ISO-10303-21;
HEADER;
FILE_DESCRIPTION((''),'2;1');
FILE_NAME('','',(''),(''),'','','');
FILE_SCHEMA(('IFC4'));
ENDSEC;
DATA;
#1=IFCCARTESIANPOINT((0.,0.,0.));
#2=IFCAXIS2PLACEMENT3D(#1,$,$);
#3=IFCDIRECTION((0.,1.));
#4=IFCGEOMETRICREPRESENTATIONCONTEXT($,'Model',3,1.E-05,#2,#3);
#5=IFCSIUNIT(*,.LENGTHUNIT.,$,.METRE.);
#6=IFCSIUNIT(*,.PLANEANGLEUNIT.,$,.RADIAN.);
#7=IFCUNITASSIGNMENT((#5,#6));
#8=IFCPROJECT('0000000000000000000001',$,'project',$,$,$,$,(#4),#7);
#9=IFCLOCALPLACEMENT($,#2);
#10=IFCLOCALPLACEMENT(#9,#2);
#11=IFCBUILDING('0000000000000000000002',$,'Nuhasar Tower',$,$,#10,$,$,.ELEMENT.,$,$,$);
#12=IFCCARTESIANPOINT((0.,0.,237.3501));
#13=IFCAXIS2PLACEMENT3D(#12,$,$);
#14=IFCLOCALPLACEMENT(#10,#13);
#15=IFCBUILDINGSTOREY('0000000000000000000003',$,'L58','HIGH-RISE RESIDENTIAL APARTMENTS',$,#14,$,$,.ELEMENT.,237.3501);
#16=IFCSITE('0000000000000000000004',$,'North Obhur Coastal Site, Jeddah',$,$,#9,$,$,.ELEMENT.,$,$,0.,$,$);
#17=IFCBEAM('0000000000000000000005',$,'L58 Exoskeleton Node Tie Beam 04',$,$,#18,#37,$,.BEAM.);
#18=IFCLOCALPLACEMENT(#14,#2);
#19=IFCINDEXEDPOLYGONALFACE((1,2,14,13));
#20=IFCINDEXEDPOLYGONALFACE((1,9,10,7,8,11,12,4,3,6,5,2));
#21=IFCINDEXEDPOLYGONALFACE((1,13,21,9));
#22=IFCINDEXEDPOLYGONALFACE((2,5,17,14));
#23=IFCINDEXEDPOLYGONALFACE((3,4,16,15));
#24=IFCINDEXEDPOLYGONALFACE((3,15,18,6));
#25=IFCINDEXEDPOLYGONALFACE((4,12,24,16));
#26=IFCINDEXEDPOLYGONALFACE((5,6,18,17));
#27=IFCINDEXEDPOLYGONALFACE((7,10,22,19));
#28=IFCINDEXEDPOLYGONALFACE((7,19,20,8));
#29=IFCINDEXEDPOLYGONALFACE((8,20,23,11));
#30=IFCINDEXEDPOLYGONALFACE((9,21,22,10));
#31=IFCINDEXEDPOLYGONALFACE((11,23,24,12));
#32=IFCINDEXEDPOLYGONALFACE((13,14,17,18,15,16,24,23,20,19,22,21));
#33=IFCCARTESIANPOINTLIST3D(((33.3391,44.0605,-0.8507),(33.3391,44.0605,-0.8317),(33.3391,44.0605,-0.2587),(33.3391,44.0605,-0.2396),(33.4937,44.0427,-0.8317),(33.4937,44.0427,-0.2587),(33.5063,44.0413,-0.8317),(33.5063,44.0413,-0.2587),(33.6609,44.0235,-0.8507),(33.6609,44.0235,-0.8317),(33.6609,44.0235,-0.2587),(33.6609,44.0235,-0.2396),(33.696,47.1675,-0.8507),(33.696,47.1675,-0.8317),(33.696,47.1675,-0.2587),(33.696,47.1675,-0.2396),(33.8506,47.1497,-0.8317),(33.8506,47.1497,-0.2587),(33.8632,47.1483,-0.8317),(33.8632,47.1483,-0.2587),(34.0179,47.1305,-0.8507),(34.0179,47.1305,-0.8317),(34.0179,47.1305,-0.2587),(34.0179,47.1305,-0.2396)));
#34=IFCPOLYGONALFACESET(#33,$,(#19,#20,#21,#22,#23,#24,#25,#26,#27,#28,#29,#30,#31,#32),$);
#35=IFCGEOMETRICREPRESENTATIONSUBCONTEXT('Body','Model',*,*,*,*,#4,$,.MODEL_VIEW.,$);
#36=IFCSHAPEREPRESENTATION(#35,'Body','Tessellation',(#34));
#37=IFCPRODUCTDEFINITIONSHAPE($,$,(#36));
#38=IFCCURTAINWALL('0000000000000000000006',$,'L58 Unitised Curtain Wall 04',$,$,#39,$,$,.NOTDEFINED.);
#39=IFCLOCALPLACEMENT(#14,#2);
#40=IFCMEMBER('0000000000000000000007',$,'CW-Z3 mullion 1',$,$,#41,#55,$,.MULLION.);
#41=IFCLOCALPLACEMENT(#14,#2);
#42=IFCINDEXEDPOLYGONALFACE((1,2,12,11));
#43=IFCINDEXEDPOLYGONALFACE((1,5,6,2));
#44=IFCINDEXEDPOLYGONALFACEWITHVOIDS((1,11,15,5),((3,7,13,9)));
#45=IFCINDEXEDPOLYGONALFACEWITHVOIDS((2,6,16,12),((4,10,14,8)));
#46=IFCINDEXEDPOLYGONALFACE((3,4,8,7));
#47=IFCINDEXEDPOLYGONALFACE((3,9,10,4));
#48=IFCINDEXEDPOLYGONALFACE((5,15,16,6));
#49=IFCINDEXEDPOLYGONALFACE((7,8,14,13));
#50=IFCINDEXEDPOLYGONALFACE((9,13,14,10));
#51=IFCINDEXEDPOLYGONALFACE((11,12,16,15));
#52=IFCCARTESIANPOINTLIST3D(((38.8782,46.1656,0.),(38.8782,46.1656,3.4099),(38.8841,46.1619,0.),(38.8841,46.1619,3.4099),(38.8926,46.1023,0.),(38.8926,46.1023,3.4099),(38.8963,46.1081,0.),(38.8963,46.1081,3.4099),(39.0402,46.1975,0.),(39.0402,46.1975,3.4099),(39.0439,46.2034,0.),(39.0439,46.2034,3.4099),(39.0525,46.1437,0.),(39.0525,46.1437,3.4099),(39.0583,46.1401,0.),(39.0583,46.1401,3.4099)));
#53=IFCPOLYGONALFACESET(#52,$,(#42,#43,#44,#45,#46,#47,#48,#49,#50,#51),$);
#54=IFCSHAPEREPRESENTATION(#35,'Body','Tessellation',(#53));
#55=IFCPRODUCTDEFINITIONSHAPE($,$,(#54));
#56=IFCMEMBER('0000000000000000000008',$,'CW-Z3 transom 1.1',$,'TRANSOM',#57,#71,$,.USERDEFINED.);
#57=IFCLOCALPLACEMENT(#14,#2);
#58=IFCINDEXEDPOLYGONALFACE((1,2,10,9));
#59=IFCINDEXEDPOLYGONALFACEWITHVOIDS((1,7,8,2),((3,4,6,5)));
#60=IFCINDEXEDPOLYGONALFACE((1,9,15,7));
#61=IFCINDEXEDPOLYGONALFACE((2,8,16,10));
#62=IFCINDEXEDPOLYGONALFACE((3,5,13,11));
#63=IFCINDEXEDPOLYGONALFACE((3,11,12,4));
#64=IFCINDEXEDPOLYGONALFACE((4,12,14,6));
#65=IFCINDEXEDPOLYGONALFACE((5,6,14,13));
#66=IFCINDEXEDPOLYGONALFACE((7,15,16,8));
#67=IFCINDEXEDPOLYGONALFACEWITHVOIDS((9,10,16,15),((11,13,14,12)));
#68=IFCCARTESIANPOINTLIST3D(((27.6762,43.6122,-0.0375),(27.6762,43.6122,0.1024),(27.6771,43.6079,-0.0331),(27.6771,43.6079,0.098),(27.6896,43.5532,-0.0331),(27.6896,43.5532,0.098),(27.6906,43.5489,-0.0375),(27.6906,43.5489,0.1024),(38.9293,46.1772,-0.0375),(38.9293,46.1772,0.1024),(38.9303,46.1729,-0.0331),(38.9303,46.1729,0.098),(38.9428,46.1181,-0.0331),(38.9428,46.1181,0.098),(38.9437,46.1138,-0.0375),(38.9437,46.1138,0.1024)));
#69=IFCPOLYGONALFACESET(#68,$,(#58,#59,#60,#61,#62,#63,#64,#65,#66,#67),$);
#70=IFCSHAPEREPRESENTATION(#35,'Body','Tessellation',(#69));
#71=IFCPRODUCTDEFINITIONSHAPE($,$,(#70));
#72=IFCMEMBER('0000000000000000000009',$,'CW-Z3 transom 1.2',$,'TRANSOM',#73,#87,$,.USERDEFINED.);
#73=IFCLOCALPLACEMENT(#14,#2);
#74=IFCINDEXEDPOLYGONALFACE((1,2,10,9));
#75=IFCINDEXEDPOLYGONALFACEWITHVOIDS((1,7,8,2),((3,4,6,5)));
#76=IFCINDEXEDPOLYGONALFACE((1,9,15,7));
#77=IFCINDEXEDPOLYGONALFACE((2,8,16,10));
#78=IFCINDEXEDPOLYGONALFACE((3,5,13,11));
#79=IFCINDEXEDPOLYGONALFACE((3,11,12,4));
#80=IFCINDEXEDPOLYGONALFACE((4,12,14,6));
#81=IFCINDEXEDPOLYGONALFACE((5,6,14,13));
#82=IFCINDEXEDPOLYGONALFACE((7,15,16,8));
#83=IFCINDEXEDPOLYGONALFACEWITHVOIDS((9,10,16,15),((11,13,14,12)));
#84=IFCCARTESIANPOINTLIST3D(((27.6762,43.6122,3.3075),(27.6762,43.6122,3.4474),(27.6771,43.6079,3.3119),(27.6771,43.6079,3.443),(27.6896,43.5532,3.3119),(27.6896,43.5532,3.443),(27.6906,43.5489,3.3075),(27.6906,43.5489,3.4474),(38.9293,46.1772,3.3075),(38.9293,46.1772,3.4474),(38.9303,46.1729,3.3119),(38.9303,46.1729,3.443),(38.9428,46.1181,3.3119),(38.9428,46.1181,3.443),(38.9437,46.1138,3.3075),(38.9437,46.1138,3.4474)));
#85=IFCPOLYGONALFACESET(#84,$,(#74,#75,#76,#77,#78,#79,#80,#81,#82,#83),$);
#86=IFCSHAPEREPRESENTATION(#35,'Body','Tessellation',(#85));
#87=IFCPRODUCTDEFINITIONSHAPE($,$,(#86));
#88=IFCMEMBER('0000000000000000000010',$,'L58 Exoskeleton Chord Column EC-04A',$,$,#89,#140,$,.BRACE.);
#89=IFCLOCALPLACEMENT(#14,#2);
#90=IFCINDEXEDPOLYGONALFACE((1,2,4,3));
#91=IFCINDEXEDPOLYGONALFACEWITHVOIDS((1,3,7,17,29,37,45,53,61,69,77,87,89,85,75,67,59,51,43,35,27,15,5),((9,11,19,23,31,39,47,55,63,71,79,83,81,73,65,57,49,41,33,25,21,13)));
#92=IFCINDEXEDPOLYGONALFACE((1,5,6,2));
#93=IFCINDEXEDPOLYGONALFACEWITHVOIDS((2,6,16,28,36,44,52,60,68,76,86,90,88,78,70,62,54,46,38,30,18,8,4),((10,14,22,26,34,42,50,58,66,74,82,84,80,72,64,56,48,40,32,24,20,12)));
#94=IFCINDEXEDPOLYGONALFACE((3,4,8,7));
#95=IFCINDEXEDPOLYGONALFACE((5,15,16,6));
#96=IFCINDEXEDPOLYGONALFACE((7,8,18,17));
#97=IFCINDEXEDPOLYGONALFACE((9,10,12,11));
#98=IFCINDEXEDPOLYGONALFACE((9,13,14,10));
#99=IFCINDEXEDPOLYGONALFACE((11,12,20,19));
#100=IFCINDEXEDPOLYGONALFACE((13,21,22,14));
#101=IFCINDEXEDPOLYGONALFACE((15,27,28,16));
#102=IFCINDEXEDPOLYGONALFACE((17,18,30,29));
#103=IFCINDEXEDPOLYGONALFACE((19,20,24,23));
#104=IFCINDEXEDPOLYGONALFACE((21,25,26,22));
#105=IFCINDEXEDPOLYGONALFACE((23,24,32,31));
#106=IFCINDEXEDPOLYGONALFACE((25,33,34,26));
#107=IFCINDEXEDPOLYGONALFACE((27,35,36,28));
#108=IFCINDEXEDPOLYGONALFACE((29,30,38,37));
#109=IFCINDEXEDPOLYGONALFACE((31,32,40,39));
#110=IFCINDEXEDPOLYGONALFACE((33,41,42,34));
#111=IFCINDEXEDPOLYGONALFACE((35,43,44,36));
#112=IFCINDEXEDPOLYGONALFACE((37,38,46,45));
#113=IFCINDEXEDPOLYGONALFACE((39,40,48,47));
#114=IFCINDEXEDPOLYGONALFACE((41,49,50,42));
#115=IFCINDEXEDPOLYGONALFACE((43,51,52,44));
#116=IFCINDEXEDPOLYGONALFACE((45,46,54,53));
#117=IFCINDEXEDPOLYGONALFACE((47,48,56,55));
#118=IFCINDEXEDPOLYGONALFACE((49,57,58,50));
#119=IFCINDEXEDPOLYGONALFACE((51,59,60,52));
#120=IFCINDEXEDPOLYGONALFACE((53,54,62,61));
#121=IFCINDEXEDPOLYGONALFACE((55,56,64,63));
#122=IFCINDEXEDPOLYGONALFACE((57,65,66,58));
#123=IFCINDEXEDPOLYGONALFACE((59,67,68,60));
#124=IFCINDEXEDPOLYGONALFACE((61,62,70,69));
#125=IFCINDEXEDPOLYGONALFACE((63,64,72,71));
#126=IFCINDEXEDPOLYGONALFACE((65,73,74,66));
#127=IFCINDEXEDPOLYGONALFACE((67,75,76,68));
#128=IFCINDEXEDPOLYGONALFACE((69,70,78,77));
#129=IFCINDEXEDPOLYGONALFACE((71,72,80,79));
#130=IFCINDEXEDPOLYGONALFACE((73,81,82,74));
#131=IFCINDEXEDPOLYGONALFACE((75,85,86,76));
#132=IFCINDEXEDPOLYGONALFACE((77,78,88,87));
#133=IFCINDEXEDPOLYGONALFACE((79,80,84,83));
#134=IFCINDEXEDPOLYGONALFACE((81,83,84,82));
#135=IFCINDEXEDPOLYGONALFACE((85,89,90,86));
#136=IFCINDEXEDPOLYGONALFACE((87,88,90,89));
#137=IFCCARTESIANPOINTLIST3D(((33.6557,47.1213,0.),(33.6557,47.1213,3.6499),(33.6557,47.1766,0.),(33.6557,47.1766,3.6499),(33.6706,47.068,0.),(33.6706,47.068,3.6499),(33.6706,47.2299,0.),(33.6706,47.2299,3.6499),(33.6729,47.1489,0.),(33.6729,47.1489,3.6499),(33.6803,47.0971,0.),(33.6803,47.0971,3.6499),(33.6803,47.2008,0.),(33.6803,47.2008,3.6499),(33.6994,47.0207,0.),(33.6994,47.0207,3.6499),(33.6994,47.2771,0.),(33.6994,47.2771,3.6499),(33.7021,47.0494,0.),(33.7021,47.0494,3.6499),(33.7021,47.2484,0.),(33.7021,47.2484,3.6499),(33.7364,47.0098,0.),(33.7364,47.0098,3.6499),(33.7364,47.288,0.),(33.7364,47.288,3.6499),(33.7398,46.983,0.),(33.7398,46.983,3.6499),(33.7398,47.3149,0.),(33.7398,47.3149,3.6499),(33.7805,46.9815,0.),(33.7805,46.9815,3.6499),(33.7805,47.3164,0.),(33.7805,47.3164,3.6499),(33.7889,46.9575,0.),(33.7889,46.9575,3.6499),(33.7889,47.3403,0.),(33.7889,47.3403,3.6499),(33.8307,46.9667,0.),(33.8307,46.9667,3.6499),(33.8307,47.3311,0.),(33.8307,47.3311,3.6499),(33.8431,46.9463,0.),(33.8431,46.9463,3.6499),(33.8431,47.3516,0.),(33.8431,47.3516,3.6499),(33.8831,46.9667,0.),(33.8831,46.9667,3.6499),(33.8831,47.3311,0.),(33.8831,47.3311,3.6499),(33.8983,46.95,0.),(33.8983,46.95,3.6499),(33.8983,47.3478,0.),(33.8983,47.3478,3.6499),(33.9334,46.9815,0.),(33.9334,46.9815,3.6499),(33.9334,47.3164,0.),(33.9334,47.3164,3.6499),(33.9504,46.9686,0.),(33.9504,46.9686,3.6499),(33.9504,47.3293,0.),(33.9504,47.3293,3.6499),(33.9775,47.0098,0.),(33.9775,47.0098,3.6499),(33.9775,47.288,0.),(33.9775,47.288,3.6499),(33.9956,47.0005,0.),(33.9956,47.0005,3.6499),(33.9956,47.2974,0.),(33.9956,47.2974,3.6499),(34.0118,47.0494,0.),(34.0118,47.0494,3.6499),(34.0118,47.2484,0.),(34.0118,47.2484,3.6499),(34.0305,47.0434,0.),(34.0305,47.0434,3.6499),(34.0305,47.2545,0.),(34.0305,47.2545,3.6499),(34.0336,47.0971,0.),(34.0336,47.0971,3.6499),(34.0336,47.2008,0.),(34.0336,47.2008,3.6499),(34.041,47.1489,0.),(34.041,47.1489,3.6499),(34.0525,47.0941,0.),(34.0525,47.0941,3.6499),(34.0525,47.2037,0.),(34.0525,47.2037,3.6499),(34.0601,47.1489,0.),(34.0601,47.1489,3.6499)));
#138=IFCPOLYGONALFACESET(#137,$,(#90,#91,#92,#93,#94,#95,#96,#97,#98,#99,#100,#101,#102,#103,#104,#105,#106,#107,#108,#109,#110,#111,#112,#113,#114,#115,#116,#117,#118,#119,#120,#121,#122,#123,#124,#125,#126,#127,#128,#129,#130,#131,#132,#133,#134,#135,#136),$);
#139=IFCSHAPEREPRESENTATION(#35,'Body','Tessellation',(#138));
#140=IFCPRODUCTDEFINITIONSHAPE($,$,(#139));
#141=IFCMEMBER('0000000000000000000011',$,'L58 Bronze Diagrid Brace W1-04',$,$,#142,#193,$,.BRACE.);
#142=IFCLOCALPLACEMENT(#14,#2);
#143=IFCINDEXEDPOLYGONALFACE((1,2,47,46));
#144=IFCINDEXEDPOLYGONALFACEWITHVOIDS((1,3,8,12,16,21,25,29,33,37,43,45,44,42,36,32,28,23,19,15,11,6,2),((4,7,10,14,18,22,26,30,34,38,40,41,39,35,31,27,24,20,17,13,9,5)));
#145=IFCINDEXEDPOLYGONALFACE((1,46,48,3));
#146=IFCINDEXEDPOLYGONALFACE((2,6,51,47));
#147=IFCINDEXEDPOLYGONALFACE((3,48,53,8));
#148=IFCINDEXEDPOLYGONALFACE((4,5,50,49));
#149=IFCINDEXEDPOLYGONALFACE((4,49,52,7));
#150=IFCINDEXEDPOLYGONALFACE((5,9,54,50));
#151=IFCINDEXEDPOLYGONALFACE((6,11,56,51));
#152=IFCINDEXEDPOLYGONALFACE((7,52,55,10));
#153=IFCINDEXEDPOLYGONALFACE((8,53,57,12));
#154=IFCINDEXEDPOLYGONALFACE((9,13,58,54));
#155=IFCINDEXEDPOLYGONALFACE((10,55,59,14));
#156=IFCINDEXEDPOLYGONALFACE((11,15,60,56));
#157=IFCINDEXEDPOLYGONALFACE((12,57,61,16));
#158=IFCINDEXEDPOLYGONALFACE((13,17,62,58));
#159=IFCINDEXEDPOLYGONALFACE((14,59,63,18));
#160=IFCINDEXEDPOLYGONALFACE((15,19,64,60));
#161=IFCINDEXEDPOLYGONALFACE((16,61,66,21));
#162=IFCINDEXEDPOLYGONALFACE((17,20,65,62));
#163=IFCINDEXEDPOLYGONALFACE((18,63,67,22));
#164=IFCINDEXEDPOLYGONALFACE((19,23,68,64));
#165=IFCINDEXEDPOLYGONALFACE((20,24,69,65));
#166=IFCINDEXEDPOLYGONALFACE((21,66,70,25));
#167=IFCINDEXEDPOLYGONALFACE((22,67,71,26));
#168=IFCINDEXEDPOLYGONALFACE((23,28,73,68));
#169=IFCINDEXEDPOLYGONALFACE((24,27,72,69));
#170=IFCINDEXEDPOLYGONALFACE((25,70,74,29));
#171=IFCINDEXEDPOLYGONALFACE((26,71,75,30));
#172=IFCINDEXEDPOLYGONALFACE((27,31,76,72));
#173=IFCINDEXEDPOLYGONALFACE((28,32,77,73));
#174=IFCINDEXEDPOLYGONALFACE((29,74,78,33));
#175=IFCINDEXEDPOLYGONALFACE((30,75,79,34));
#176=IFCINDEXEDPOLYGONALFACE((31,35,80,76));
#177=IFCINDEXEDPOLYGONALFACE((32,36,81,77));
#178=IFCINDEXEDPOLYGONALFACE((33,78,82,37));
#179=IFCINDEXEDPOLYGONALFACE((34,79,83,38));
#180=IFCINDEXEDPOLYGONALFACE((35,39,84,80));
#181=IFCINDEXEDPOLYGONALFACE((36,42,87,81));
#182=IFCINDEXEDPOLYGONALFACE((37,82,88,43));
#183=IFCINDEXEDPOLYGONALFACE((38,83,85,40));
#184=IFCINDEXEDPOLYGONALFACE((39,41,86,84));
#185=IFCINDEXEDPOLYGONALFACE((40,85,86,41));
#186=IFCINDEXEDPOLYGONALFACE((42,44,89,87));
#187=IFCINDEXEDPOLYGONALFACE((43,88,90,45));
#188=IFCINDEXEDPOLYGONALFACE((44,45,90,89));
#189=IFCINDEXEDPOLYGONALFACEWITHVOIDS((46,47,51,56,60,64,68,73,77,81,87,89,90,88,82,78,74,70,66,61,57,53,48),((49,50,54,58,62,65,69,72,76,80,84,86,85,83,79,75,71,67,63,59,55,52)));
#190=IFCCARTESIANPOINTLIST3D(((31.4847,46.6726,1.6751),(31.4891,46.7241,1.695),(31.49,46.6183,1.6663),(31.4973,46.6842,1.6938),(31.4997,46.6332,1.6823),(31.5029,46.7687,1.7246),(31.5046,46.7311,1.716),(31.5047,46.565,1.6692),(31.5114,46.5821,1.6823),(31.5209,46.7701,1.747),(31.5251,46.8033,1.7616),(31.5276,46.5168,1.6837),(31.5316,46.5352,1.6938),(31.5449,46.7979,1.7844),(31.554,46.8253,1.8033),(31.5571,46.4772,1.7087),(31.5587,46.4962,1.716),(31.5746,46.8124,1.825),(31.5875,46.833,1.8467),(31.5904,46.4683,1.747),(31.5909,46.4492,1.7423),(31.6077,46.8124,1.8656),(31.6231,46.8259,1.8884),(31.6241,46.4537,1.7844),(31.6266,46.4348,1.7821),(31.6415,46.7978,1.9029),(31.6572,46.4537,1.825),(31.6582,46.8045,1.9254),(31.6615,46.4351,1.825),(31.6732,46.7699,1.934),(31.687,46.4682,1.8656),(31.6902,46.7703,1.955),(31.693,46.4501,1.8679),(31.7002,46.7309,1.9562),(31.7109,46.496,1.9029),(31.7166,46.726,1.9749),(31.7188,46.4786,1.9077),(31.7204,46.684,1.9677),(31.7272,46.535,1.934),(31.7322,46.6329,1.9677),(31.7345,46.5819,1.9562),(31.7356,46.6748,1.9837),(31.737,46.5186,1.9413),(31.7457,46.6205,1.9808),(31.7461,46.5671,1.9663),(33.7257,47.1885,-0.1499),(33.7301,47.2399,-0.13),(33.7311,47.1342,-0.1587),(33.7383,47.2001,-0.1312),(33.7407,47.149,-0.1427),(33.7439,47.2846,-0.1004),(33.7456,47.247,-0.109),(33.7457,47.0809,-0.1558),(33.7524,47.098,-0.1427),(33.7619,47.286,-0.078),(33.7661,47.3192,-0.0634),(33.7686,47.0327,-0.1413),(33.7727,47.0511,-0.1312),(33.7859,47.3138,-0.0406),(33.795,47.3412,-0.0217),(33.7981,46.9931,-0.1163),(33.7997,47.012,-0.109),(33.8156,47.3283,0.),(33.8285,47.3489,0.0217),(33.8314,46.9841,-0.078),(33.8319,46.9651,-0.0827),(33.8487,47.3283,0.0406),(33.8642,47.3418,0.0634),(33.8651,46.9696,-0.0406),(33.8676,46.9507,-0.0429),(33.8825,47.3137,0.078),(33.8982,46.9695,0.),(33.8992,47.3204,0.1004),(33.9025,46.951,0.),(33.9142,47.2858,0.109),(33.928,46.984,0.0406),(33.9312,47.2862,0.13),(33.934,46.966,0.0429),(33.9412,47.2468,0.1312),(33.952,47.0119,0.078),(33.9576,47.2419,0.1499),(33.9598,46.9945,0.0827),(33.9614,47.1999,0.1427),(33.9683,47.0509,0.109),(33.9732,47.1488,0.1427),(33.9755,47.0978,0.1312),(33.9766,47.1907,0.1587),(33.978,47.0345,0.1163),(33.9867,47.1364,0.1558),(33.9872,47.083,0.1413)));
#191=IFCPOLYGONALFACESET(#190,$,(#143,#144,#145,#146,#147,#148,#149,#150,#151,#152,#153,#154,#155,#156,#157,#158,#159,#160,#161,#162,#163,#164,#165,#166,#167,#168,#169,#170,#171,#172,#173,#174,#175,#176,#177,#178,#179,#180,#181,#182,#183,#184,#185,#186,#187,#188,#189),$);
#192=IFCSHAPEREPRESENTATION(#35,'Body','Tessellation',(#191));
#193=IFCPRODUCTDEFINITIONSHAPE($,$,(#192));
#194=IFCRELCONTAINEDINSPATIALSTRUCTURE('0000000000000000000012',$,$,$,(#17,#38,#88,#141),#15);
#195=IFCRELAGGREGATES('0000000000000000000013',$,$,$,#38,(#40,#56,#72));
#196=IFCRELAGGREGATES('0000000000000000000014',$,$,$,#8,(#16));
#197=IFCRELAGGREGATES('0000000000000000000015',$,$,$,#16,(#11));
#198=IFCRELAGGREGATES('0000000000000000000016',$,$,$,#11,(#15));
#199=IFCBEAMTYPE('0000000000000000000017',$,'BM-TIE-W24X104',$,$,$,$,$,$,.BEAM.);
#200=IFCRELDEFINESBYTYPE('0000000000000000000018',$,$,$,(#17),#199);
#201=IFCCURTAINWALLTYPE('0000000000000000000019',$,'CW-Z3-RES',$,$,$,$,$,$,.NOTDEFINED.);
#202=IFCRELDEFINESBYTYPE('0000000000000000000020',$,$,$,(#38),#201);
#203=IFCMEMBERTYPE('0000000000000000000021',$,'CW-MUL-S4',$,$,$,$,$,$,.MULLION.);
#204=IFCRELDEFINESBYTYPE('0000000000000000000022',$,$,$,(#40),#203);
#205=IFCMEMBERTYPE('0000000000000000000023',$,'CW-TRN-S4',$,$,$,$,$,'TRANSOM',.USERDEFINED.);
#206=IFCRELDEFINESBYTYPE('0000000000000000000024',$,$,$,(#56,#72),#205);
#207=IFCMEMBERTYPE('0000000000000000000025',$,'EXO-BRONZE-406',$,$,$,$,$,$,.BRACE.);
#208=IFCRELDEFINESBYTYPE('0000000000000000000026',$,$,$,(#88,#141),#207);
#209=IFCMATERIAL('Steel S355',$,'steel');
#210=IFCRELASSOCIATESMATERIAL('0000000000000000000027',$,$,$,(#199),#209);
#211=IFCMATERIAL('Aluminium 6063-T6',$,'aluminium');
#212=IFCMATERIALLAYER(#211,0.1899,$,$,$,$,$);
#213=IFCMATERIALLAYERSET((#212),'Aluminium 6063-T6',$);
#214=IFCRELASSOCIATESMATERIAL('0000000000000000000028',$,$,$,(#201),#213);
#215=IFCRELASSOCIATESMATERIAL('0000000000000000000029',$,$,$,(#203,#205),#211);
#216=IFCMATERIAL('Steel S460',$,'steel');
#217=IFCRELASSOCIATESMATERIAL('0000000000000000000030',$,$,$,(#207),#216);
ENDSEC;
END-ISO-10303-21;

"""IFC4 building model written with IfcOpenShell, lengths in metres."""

from ifc_helpers import new_model, si_unit, direction, frame, origin, origin_2d, place, context, subcontext, project, spatial, hollow_rectangle, hollow_circle, i_section, extrude, material, layer, layer_set, material_profile, profile_set, type_object, element, aggregate, save


model = new_model("IFC4")

# Units and contexts
model_context = context("Model", 3, precision=1e-05, world=origin(), true_north=direction((0.0, 1.0)))
body_context = subcontext(model_context, "Body", "Model", "MODEL_VIEW")
ifc_project = project(units=[si_unit("LENGTHUNIT", "METRE"), si_unit("PLANEANGLEUNIT", "RADIAN")], contexts=[model_context])

# Site, building, storey
site_placement = place(None, origin())
site = spatial("IfcSite", under=ifc_project, at=site_placement, Name="North Obhur Coastal Site, Jeddah", CompositionType="ELEMENT", RefElevation=0.0)
building_placement = place(site_placement, origin())
building = spatial("IfcBuilding", under=site, at=building_placement, Name="Nuhasar Tower", CompositionType="ELEMENT")
storey_placement = place(building_placement, frame((0.0, 0.0, 237.3501)))
storey = spatial("IfcBuildingStorey", under=building, at=storey_placement, Name="L58", Description="HIGH-RISE RESIDENTIAL APARTMENTS", CompositionType="ELEMENT", Elevation=237.3501)

# Beam
ifc_material_1 = material(Name="Steel S355", Category="steel")
ifc_material_profile_1 = material_profile(ifc_material_1, i_section(OverallWidth=0.324, OverallDepth=0.6111, WebThickness=0.0127, FlangeThickness=0.019, at=origin_2d()), Name="W24X104")
ifc_profile_set_1 = profile_set([ifc_material_profile_1], Name="Steel S355")
beam_type_1 = type_object("IfcBeamType", Name="BM-TIE-W24X104", PredefinedType="BEAM", material=ifc_profile_set_1)
beam_1_placement = place(storey_placement, frame((33.5, 44.042, -0.5452), z_axis=(0.114132, 0.993466, 0.0), x_axis=(-0.993466, 0.114132, 0.0)))
element("IfcBeam", 1, at=beam_1_placement, inside=storey, type_object=beam_type_1, Name="L58 Exoskeleton Node Tie Beam 04", PredefinedType="BEAM", context=body_context, shape_type="SweptSolid", body=[
    extrude(i_section(OverallWidth=0.324, OverallDepth=0.6111, WebThickness=0.0127, FlangeThickness=0.019, at=origin_2d()), origin(), (0.0, 0.0, 1.0), 3.1274),
])

# Curtain wall, members
ifc_material_2 = material(Name="Aluminium 6063-T6", Category="aluminium")
ifc_layer_1 = layer(ifc_material_2, 0.1899)
ifc_layer_set_1 = layer_set([ifc_layer_1], Name="Aluminium 6063-T6")
curtain_wall_type = type_object("IfcCurtainWallType", Name="CW-Z3-RES", PredefinedType="NOTDEFINED", material=ifc_layer_set_1)
curtain_wall_placement = place(storey_placement, origin())
curtain_wall = element("IfcCurtainWall", 2, at=curtain_wall_placement, inside=storey, type_object=curtain_wall_type, Name="L58 Unitised Curtain Wall 04", PredefinedType="NOTDEFINED")
ifc_material_profile_2 = material_profile(ifc_material_2, hollow_rectangle(XDim=0.0649, YDim=0.1699, WallThickness=0.0049, at=origin_2d()), Name="CWM-4")
ifc_profile_set_2 = profile_set([ifc_material_profile_2], Name="Aluminium 6063-T6")
member_type_1 = type_object("IfcMemberType", Name="CW-MUL-S4", PredefinedType="MULLION", material=ifc_profile_set_2)
member_1_placement = place(storey_placement, frame((38.9683, 46.1528, 0.0), z_axis=(0.0, 0.0, 1.0), x_axis=(0.222243, -0.974991, 0.0)))
member_1 = element("IfcMember", 3, at=member_1_placement, type_object=member_type_1, Name="CW-Z3 mullion 1", PredefinedType="MULLION", context=body_context, shape_type="SweptSolid", body=[
    extrude(hollow_rectangle(XDim=0.0649, YDim=0.1699, WallThickness=0.0049, at=origin_2d()), origin(), (0.0, 0.0, 1.0), 3.4099),
])
ifc_material_profile_3 = material_profile(ifc_material_2, hollow_rectangle(XDim=0.0649, YDim=0.1399, WallThickness=0.0044, at=origin_2d()), Name="CWT-4")
ifc_profile_set_3 = profile_set([ifc_material_profile_3], Name="Aluminium 6063-T6")
member_type_2 = type_object("IfcMemberType", Name="CW-TRN-S4", ElementType="TRANSOM", PredefinedType="USERDEFINED", material=ifc_profile_set_3)
member_2_placement = place(storey_placement, frame((38.9365, 46.1455, 0.0325), z_axis=(-0.974994, -0.222231, 0.0), x_axis=(0.222231, -0.974994, 0.0)))
member_2 = element("IfcMember", 4, at=member_2_placement, type_object=member_type_2, Name="CW-Z3 transom 1.1", ObjectType="TRANSOM", PredefinedType="USERDEFINED", context=body_context, shape_type="SweptSolid", body=[
    extrude(hollow_rectangle(XDim=0.0649, YDim=0.1399, WallThickness=0.0044, at=origin_2d()), origin(), (0.0, 0.0, 1.0), 11.5417),
])
member_3_placement = place(storey_placement, frame((38.9365, 46.1455, 3.3774), z_axis=(-0.974994, -0.222231, 0.0), x_axis=(0.222231, -0.974994, 0.0)))
member_3 = element("IfcMember", 5, at=member_3_placement, type_object=member_type_2, Name="CW-Z3 transom 1.2", ObjectType="TRANSOM", PredefinedType="USERDEFINED", context=body_context, shape_type="SweptSolid", body=[
    extrude(hollow_rectangle(XDim=0.0649, YDim=0.1399, WallThickness=0.0044, at=origin_2d()), origin(), (0.0, 0.0, 1.0), 11.5417),
])

# Members
ifc_material_3 = material(Name="Steel S460", Category="steel")
ifc_material_profile_4 = material_profile(ifc_material_3, hollow_circle(Radius=0.2031, WallThickness=0.019, at=origin_2d()), Name="HSS406.4X19.1")
ifc_profile_set_4 = profile_set([ifc_material_profile_4], Name="Steel S460")
member_type_3 = type_object("IfcMemberType", Name="EXO-BRONZE-406", PredefinedType="BRACE", material=ifc_profile_set_4)
member_4_placement = place(storey_placement, frame((33.8569, 47.1489, 0.0), z_axis=(0.0, 0.0, 1.0), x_axis=(1.0, 0.0, 0.0)))
element("IfcMember", 6, at=member_4_placement, inside=storey, type_object=member_type_3, Name="L58 Exoskeleton Chord Column EC-04A", PredefinedType="BRACE", context=body_context, shape_type="SweptSolid", body=[
    extrude(hollow_circle(Radius=0.2031, WallThickness=0.019, at=origin_2d()), origin(), (0.0, 0.0, 1.0), 3.6499),
])
for number, where, z_axis, x_axis, name in (
    (7, (33.8569, 47.1489, 0.0), (-0.763343, -0.175721, 0.621635), (0.224332, -0.974513, 0.0), "L58 Bronze Diagrid Brace W1-04"),
):
    element("IfcMember", number, at=place(storey_placement, frame(where, z_axis=z_axis, x_axis=x_axis)), inside=storey, type_object=member_type_3, Name=name, PredefinedType="BRACE", context=body_context, shape_type="SweptSolid", body=[
        extrude(hollow_circle(Radius=0.2031, WallThickness=0.019, at=origin_2d()), origin(), (0.0, 0.0, 1.0), 2.9358),
    ])

aggregate(curtain_wall, [member_1, member_2, member_3])

save(model, "model.ifc")
